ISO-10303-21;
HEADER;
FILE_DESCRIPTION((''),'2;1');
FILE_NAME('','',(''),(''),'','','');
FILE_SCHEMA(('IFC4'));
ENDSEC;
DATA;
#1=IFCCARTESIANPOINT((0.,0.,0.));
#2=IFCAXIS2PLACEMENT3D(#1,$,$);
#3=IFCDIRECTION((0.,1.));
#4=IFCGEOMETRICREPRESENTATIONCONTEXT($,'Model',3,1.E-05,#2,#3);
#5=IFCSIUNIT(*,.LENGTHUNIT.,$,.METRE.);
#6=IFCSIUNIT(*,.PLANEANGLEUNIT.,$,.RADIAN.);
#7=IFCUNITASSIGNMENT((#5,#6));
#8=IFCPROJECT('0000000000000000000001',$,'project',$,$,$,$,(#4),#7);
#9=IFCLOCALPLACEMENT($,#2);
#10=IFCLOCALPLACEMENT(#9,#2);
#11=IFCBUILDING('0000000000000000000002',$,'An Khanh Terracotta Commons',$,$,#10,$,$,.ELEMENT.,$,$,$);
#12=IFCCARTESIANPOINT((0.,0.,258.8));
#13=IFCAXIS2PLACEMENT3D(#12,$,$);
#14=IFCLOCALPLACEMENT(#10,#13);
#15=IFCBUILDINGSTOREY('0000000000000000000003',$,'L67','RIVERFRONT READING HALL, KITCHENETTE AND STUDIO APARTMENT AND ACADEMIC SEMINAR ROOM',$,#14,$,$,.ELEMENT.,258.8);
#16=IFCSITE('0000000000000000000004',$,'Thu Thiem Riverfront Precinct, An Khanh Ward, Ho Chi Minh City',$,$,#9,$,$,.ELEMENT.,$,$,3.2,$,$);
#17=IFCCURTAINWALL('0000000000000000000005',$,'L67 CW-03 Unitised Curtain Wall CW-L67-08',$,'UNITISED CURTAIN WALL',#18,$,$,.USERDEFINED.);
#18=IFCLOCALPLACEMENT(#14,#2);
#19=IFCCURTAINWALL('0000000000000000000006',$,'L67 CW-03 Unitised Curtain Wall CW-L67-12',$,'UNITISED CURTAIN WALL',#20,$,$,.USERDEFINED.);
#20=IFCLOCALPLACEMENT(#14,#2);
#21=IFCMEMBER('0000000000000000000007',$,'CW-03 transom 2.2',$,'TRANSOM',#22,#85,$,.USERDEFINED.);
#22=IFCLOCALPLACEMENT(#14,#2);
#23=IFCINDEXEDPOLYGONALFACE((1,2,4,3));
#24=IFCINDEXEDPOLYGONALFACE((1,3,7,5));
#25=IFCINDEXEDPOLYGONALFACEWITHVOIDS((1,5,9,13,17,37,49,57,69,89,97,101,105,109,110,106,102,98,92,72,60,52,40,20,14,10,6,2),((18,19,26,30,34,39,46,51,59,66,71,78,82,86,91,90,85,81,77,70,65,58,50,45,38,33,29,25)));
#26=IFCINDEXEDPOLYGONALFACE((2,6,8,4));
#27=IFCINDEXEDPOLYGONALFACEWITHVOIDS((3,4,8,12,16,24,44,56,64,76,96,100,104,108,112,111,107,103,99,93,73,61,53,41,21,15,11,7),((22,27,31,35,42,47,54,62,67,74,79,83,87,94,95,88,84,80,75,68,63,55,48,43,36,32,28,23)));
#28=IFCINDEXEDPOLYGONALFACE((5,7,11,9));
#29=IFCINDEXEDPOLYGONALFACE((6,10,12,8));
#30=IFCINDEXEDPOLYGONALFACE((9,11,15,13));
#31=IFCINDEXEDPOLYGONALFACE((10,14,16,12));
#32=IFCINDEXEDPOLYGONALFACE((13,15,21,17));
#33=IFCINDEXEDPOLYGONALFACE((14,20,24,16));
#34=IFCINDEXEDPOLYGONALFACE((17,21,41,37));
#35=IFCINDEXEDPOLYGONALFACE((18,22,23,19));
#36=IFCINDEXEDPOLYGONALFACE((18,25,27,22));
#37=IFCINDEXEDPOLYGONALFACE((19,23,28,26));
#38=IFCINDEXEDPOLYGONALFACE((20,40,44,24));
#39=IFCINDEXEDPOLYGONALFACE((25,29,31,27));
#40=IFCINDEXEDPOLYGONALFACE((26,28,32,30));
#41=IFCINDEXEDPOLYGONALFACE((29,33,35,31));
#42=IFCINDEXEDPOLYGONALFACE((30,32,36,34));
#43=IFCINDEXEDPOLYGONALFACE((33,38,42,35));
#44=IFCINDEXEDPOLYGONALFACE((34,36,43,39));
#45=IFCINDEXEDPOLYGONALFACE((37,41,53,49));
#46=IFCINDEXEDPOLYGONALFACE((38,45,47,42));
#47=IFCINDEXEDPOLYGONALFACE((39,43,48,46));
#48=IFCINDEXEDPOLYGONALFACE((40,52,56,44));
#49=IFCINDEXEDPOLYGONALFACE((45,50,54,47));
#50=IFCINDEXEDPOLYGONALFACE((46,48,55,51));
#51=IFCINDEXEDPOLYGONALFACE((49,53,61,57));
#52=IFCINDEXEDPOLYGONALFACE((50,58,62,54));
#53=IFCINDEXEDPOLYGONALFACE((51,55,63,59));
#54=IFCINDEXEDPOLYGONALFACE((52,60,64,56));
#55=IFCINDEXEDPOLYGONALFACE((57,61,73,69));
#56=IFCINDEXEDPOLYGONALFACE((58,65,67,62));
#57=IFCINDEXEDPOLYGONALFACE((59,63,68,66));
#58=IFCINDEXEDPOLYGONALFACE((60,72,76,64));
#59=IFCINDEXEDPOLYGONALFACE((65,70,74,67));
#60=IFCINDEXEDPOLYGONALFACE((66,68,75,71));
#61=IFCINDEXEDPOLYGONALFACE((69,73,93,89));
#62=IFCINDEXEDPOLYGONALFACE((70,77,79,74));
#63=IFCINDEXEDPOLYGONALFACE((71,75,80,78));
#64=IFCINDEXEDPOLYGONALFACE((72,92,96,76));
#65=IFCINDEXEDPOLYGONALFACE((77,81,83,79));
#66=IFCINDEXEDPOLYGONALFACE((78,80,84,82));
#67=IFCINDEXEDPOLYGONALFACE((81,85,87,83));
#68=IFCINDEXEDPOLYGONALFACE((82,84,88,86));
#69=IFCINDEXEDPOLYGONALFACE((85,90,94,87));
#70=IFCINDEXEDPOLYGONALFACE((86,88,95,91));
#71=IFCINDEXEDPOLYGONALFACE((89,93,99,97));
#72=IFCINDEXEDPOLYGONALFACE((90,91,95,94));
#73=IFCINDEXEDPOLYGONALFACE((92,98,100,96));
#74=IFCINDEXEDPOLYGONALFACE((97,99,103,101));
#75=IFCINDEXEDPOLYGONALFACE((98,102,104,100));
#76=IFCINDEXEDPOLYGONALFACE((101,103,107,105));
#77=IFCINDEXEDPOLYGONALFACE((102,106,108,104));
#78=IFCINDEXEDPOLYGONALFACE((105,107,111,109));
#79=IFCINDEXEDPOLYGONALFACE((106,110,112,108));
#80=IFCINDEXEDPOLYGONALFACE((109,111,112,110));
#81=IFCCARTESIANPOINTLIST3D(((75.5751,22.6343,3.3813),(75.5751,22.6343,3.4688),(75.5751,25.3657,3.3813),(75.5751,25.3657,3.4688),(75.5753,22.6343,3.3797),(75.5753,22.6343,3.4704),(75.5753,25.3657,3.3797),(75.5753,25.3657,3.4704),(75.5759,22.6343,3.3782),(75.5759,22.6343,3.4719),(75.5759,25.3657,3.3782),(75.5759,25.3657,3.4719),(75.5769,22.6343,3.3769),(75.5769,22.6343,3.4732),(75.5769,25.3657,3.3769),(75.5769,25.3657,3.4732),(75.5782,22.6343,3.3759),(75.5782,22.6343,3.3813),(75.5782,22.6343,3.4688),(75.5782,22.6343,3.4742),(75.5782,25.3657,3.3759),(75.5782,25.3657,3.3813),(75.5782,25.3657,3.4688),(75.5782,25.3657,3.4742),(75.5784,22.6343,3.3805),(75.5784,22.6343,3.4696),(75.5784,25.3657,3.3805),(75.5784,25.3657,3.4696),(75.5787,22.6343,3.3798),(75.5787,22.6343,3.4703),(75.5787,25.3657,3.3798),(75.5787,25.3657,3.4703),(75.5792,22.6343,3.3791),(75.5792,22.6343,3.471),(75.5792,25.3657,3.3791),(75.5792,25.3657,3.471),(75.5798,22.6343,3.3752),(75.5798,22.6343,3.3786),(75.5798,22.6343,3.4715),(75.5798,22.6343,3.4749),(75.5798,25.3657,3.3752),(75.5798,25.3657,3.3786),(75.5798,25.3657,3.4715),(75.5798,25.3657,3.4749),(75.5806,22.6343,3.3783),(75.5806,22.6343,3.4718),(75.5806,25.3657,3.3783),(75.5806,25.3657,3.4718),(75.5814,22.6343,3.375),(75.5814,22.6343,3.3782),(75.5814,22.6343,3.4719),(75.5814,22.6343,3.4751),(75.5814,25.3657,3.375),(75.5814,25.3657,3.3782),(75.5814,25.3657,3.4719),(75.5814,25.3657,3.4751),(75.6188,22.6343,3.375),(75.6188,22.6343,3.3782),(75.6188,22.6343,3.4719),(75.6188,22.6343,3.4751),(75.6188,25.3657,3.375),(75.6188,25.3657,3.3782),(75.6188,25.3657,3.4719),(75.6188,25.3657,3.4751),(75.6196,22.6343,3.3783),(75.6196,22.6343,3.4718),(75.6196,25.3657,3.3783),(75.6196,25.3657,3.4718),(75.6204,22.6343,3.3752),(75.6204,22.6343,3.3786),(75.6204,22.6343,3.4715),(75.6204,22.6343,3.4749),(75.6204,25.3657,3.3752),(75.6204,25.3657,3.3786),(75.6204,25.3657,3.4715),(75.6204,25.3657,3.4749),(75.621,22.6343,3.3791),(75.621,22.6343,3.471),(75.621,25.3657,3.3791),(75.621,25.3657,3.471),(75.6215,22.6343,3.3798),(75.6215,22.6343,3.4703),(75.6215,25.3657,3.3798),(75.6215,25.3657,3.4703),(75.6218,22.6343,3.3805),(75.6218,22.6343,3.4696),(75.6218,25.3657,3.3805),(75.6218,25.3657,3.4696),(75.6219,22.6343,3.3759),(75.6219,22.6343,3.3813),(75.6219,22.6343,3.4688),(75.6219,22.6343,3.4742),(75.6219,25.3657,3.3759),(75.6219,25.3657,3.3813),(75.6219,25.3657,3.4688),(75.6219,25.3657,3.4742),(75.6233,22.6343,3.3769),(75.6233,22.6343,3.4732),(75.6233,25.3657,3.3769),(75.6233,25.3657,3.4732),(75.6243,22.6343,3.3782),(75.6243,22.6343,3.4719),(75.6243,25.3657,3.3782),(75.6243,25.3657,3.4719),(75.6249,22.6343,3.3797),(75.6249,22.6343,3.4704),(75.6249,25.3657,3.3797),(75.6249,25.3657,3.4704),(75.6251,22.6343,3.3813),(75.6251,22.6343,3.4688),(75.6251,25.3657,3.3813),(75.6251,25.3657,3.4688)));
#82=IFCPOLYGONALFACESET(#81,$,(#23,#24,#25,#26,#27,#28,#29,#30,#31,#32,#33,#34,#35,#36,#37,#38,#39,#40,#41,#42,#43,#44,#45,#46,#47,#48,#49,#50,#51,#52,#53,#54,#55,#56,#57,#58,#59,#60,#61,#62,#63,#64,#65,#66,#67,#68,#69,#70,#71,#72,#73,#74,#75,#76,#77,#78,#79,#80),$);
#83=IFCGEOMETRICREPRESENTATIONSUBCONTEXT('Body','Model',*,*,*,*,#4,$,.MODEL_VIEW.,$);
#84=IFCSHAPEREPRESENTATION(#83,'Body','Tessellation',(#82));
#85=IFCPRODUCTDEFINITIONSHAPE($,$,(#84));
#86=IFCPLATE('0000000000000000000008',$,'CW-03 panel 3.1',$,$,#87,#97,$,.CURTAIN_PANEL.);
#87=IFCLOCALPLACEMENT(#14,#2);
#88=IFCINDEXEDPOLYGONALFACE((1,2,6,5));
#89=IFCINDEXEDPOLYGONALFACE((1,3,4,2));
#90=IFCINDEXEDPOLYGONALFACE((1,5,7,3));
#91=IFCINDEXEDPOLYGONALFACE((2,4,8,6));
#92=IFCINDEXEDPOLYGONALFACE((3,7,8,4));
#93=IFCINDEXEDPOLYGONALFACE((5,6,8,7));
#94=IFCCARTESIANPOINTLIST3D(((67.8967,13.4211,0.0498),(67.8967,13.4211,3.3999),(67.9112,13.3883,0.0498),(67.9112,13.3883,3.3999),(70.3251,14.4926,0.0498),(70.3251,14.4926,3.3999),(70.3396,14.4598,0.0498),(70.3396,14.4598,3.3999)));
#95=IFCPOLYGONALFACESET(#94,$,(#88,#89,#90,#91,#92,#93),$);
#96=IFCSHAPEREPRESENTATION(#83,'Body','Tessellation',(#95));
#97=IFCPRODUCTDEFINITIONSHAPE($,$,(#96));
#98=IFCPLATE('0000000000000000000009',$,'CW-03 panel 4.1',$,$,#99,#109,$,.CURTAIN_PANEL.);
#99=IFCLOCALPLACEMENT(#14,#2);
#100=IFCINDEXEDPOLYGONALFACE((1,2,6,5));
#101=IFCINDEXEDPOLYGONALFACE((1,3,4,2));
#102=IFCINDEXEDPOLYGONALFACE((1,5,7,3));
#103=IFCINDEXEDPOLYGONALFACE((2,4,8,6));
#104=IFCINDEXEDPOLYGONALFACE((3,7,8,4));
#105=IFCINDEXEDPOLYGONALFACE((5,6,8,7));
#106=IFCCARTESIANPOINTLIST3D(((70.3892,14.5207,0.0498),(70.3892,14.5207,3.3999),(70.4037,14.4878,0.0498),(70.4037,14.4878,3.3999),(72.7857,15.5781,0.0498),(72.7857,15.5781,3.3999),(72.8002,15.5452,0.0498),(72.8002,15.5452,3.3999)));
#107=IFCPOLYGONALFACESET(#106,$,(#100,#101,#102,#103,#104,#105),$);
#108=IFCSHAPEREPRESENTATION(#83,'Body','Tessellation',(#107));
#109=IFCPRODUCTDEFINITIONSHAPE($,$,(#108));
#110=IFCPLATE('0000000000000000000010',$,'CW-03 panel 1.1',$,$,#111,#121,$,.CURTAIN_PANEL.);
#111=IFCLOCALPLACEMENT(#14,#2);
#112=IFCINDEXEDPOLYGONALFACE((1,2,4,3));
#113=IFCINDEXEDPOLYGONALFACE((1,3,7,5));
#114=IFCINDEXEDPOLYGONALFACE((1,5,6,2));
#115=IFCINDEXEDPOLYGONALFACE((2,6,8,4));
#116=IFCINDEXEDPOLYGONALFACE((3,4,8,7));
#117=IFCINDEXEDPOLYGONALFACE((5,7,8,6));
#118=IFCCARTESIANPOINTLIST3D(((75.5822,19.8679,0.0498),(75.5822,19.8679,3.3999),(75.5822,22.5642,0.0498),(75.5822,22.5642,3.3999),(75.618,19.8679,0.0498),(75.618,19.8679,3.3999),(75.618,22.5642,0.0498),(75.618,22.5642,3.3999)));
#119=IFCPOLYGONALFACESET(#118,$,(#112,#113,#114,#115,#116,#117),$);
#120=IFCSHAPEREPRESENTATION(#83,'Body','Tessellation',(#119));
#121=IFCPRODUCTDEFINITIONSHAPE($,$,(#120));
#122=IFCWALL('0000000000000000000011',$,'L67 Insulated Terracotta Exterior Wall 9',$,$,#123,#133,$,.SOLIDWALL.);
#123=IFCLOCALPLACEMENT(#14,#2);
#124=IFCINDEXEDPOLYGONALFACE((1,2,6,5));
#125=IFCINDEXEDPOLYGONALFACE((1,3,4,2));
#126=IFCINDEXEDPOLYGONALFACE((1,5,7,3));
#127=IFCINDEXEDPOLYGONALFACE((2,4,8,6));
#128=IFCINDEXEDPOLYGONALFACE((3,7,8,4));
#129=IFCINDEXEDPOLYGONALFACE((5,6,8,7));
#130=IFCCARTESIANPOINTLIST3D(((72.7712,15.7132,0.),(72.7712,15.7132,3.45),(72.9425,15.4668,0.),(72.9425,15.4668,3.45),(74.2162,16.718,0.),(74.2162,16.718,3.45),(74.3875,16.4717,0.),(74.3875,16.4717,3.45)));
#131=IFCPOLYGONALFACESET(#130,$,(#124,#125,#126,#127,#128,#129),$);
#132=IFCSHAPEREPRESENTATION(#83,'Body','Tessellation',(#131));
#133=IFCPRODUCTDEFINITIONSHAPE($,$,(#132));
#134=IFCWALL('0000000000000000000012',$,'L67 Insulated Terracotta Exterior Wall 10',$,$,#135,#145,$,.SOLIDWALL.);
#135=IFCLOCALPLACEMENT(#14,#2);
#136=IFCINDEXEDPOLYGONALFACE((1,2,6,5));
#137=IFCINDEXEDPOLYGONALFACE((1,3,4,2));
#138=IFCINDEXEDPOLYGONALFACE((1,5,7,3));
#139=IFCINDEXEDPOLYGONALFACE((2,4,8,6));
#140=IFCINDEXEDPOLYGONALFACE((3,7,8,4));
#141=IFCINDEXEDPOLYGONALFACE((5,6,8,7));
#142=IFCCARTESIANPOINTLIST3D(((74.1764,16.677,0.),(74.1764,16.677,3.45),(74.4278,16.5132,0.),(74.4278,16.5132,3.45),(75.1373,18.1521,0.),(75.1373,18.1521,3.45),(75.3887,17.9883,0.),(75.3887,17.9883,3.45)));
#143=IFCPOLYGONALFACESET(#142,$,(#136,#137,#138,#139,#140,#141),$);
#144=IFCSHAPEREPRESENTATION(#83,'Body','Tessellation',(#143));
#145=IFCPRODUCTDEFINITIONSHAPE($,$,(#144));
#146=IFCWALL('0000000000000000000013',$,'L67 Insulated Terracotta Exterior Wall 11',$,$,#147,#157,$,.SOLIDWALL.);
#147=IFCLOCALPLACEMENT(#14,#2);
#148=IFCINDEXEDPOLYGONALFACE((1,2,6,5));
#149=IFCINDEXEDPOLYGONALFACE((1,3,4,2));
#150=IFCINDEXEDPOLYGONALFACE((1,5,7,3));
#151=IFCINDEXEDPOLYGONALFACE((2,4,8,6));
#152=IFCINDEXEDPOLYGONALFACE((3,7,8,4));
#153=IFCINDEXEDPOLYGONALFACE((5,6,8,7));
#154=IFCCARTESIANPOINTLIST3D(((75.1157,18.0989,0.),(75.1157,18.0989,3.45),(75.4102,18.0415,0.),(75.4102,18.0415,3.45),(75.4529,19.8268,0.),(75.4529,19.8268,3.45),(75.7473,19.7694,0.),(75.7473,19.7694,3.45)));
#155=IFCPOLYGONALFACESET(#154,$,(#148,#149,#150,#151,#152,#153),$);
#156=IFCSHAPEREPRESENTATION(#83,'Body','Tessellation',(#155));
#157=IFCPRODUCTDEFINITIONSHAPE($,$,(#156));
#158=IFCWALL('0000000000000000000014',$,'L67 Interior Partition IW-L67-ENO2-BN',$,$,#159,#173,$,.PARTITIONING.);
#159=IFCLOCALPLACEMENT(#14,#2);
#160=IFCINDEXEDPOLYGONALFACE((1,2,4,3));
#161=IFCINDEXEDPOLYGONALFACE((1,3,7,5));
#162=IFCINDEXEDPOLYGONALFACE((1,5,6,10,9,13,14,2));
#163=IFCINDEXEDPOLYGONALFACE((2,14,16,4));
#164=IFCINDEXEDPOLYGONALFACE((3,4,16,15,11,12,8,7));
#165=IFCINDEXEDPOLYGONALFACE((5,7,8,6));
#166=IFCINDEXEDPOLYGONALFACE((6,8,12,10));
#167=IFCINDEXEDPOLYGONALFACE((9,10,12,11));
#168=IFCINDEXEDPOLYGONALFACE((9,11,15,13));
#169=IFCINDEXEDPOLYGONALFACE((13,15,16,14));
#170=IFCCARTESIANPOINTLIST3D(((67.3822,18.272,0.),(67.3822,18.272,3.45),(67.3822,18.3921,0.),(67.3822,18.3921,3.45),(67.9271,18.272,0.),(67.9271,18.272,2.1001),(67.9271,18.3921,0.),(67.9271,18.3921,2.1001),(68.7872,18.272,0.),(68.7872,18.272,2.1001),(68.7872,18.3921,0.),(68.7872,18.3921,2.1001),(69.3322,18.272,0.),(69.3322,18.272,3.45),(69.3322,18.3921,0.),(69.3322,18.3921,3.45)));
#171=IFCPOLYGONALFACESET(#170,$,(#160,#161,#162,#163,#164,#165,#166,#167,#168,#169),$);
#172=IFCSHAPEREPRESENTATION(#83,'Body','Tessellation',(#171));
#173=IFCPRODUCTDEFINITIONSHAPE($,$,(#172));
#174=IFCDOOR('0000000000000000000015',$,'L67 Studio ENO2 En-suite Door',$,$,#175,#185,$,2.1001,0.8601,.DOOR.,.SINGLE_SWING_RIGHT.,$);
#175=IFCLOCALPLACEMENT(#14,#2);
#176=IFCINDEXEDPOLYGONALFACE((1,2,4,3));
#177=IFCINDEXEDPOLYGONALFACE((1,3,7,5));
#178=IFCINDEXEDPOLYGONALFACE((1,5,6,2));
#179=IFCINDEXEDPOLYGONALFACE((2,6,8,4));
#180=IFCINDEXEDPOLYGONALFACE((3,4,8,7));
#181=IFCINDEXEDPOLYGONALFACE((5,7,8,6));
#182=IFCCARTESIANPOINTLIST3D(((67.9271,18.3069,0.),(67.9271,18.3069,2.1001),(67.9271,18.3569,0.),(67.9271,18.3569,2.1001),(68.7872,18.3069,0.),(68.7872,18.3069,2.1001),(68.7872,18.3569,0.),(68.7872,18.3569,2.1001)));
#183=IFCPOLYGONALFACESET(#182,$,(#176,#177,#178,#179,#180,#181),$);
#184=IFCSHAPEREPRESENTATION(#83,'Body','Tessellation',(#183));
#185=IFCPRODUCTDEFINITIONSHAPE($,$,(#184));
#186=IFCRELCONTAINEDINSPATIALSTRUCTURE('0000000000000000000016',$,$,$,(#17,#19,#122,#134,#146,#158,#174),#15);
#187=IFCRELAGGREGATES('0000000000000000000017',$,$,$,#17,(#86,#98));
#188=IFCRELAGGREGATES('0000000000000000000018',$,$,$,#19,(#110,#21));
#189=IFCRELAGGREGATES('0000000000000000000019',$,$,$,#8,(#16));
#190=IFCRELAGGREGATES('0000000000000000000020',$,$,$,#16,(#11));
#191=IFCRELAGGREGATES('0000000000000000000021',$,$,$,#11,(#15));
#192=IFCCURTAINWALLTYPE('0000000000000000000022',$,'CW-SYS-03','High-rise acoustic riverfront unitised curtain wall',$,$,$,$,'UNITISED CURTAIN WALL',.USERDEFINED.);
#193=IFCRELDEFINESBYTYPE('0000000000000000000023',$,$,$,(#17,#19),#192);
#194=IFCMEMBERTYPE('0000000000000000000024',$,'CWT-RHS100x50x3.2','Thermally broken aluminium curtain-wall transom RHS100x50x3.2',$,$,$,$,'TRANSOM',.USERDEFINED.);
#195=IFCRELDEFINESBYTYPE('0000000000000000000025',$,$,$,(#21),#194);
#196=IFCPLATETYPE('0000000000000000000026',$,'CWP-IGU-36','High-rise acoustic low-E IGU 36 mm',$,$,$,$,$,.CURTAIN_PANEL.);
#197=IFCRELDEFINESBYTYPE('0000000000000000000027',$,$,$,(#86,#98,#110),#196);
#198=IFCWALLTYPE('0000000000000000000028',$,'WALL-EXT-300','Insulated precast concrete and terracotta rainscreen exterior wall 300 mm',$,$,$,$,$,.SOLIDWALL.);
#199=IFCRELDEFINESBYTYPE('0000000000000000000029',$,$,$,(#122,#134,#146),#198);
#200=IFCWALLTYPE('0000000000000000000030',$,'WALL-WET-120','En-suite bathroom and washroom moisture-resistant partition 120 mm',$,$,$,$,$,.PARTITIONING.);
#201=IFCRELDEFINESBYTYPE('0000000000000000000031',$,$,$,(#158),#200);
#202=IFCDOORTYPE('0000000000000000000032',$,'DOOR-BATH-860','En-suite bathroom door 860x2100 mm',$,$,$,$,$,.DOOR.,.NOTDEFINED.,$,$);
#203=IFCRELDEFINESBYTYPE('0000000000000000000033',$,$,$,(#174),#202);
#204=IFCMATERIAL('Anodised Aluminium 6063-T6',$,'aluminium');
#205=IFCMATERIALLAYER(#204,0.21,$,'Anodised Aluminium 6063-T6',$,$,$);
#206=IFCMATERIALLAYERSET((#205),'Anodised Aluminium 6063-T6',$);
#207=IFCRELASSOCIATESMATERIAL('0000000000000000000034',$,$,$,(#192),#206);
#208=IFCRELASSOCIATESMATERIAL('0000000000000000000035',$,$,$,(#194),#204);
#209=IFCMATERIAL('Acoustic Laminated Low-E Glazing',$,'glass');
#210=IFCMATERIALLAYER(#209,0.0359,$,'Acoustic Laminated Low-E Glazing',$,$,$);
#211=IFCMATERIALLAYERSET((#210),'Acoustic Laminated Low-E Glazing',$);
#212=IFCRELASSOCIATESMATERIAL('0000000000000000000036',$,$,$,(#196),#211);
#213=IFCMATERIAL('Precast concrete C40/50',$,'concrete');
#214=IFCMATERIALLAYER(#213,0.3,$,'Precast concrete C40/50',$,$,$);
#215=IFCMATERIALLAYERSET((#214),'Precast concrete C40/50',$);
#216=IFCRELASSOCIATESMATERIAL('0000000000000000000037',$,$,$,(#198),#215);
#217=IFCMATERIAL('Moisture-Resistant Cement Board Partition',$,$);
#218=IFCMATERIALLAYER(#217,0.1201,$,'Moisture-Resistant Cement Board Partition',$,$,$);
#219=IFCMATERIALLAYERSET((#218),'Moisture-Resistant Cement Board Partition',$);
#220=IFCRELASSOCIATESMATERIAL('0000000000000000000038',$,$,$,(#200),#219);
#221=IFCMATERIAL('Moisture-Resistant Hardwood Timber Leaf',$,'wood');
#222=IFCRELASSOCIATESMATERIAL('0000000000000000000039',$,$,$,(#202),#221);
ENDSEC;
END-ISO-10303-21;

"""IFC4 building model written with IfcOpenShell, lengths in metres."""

from ifc_helpers import new_model, si_unit, direction, frame, frame_2d, origin, origin_2d, place, context, subcontext, project, spatial, rectangle, hollow_rectangle, extrude, material, layer, layer_set, material_profile, profile_set, type_object, element, fill, aggregate, save


model = new_model("IFC4")

# Units and contexts
model_context = context("Model", 3, precision=1e-05, world=origin(), true_north=direction((0.0, 1.0)))
body_context = subcontext(model_context, "Body", "Model", "MODEL_VIEW")
ifc_project = project(units=[si_unit("LENGTHUNIT", "METRE"), si_unit("PLANEANGLEUNIT", "RADIAN")], contexts=[model_context])

# Site, building, storey
site_placement = place(None, origin())
site = spatial("IfcSite", under=ifc_project, at=site_placement, Name="Thu Thiem Riverfront Precinct, An Khanh Ward, Ho Chi Minh City", CompositionType="ELEMENT", RefElevation=3.2)
building_placement = place(site_placement, origin())
building = spatial("IfcBuilding", under=site, at=building_placement, Name="An Khanh Terracotta Commons", CompositionType="ELEMENT")
storey_placement = place(building_placement, frame((0.0, 0.0, 258.8)))
storey = spatial("IfcBuildingStorey", under=building, at=storey_placement, Name="L67", Description="RIVERFRONT READING HALL, KITCHENETTE AND STUDIO APARTMENT AND ACADEMIC SEMINAR ROOM", CompositionType="ELEMENT", Elevation=258.8)

# Curtain walls
ifc_material_1 = material(Name="Anodised Aluminium 6063-T6", Category="aluminium")
ifc_layer_1 = layer(ifc_material_1, 0.21, Name="Anodised Aluminium 6063-T6")
ifc_layer_set_1 = layer_set([ifc_layer_1], Name="Anodised Aluminium 6063-T6")
curtain_wall_type = type_object("IfcCurtainWallType", Name="CW-SYS-03", Description="High-rise acoustic riverfront unitised curtain wall", ElementType="UNITISED CURTAIN WALL", PredefinedType="USERDEFINED", material=ifc_layer_set_1)
curtain_wall_1_placement = place(storey_placement, origin())
curtain_wall_1 = element("IfcCurtainWall", 1, at=curtain_wall_1_placement, inside=storey, type_object=curtain_wall_type, Name="L67 CW-03 Unitised Curtain Wall CW-L67-08", ObjectType="UNITISED CURTAIN WALL", PredefinedType="USERDEFINED")
curtain_wall_2_placement = place(storey_placement, origin())
curtain_wall_2 = element("IfcCurtainWall", 2, at=curtain_wall_2_placement, inside=storey, type_object=curtain_wall_type, Name="L67 CW-03 Unitised Curtain Wall CW-L67-12", ObjectType="UNITISED CURTAIN WALL", PredefinedType="USERDEFINED")

# Member
ifc_material_profile_1 = material_profile(ifc_material_1, hollow_rectangle(XDim=0.05, YDim=0.1001, WallThickness=0.0032, InnerFilletRadius=0.0032, OuterFilletRadius=0.0063, at=origin_2d()), Name="RHS100x50x3.2")
ifc_profile_set_1 = profile_set([ifc_material_profile_1], Name="Anodised Aluminium 6063-T6")
member_type_1 = type_object("IfcMemberType", Name="CWT-RHS100x50x3.2", Description="Thermally broken aluminium curtain-wall transom RHS100x50x3.2", ElementType="TRANSOM", PredefinedType="USERDEFINED", material=ifc_profile_set_1)
member_1_placement = place(storey_placement, frame((75.6001, 22.6343, 3.425), z_axis=(0.0, 1.0, 0.0), x_axis=(-1.0, 0.0, 0.0)))
member_1 = element("IfcMember", 3, at=member_1_placement, type_object=member_type_1, Name="CW-03 transom 2.2", ObjectType="TRANSOM", PredefinedType="USERDEFINED", context=body_context, shape_type="SweptSolid", body=[
    extrude(hollow_rectangle(XDim=0.05, YDim=0.1001, WallThickness=0.0032, InnerFilletRadius=0.0032, OuterFilletRadius=0.0063, at=origin_2d()), origin(), (0.0, 0.0, 1.0), 2.7314),
])

# Plates
ifc_material_2 = material(Name="Acoustic Laminated Low-E Glazing", Category="glass")
ifc_layer_2 = layer(ifc_material_2, 0.0359, Name="Acoustic Laminated Low-E Glazing")
ifc_layer_set_2 = layer_set([ifc_layer_2], Name="Acoustic Laminated Low-E Glazing")
plate_type = type_object("IfcPlateType", Name="CWP-IGU-36", Description="High-rise acoustic low-E IGU 36 mm", PredefinedType="CURTAIN_PANEL", material=ifc_layer_set_2)
plate_1_placement = place(storey_placement, frame((69.1182, 13.9404, 0.0498), z_axis=(0.0, 0.0, 1.0), x_axis=(0.914902, 0.403676, 0.0)))
plate_1 = element("IfcPlate", 4, at=plate_1_placement, type_object=plate_type, Name="CW-03 panel 3.1", PredefinedType="CURTAIN_PANEL", context=body_context, shape_type="SweptSolid", body=[
    extrude(rectangle(XDim=2.6543, YDim=0.0359, at=origin_2d()), origin(), (0.0, 0.0, 1.0), 3.3501),
])
plate_2_placement = place(storey_placement, frame((71.5947, 15.033, 0.0498), z_axis=(0.0, 0.0, 1.0), x_axis=(0.914902, 0.403676, 0.0)))
plate_2 = element("IfcPlate", 5, at=plate_2_placement, type_object=plate_type, Name="CW-03 panel 4.1", PredefinedType="CURTAIN_PANEL", context=body_context, shape_type="SweptSolid", body=[
    extrude(rectangle(XDim=2.6194, YDim=0.0359, at=origin_2d()), origin(), (0.0, 0.0, 1.0), 3.3501),
])
aggregate(curtain_wall_1, [plate_1, plate_2])
plate_3_placement = place(storey_placement, frame((75.6001, 21.2161, 0.0498), z_axis=(0.0, 0.0, 1.0), x_axis=(0.0, 1.0, 0.0)))
plate_3 = element("IfcPlate", 6, at=plate_3_placement, type_object=plate_type, Name="CW-03 panel 1.1", PredefinedType="CURTAIN_PANEL", context=body_context, shape_type="SweptSolid", body=[
    extrude(rectangle(XDim=2.6963, YDim=0.0359, at=origin_2d()), origin(), (0.0, 0.0, 1.0), 3.3501),
])
aggregate(curtain_wall_2, [plate_3, member_1])

# Walls
ifc_material_3 = material(Name="Precast concrete C40/50", Category="concrete")
ifc_layer_3 = layer(ifc_material_3, 0.3, Name="Precast concrete C40/50")
ifc_layer_set_3 = layer_set([ifc_layer_3], Name="Precast concrete C40/50")
wall_type_1 = type_object("IfcWallType", Name="WALL-EXT-300", Description="Insulated precast concrete and terracotta rainscreen exterior wall 300 mm", PredefinedType="SOLIDWALL", material=ifc_layer_set_3)
wall_1_placement = place(storey_placement, frame((72.8569, 15.5901, 0.0), z_axis=(0.0, 0.0, 1.0), x_axis=(0.821007, 0.570918, 0.0)))
element("IfcWall", 7, at=wall_1_placement, inside=storey, type_object=wall_type_1, Name="L67 Insulated Terracotta Exterior Wall 9", PredefinedType="SOLIDWALL", context=body_context, shape_type="SweptSolid", body=[
    extrude(rectangle(XDim=1.76, YDim=0.3, at=frame_2d((0.8799, 0.0))), origin(), (0.0, 0.0, 1.0), 3.45),
])
for number, where, z_axis, x_axis, name in (
    (8, (74.302, 16.595, 0.0), (0.0, 0.0, 1.0), (0.545836, 0.837892, 0.0), "L67 Insulated Terracotta Exterior Wall 10"),
    (9, (75.2629, 18.0701, 0.0), (0.0, 0.0, 1.0), (0.191501, 0.981492, 0.0), "L67 Insulated Terracotta Exterior Wall 11"),
):
    element("IfcWall", number, at=place(storey_placement, frame(where, z_axis=z_axis, x_axis=x_axis)), inside=storey, type_object=wall_type_1, Name=name, PredefinedType="SOLIDWALL", context=body_context, shape_type="SweptSolid", body=[
        extrude(rectangle(XDim=1.7605, YDim=0.3, at=frame_2d((0.8804, 0.0))), origin(), (0.0, 0.0, 1.0), 3.45),
    ])

# Wall, opening, door
ifc_material_4 = material(Name="Moisture-Resistant Cement Board Partition")
ifc_layer_4 = layer(ifc_material_4, 0.1201, Name="Moisture-Resistant Cement Board Partition")
ifc_layer_set_4 = layer_set([ifc_layer_4], Name="Moisture-Resistant Cement Board Partition")
wall_type_2 = type_object("IfcWallType", Name="WALL-WET-120", Description="En-suite bathroom and washroom moisture-resistant partition 120 mm", PredefinedType="PARTITIONING", material=ifc_layer_set_4)
wall_2_placement = place(storey_placement, frame((67.3821, 18.332, 0.0), z_axis=(0.0, 0.0, 1.0), x_axis=(1.0, 0.0, 0.0)))
wall_2 = element("IfcWall", 10, at=wall_2_placement, inside=storey, type_object=wall_type_2, Name="L67 Interior Partition IW-L67-ENO2-BN", PredefinedType="PARTITIONING", context=body_context, shape_type="SweptSolid", body=[
    extrude(rectangle(XDim=1.95, YDim=0.1201, at=frame_2d((0.9751, 0.0))), origin(), (0.0, 0.0, 1.0), 3.45),
])
opening_placement = place(wall_2_placement, frame((0.5449, 0.0, 0.0)))
opening = element("IfcOpeningElement", 11, at=opening_placement, cuts=wall_2, PredefinedType="OPENING", context=body_context, shape_type="SweptSolid", body=[
    extrude(rectangle(XDim=0.8601, YDim=2.1001, at=frame_2d((0.4302, 1.05))), frame((0.0, 0.0701, 0.0), z_axis=(0.0, -1.0, 0.0), x_axis=(1.0, 0.0, 0.0)), (0.0, 0.0, 1.0), 0.1401),
])
ifc_material_5 = material(Name="Moisture-Resistant Hardwood Timber Leaf", Category="wood")
door_type = type_object("IfcDoorType", Name="DOOR-BATH-860", Description="En-suite bathroom door 860x2100 mm", OperationType="NOTDEFINED", PredefinedType="DOOR", material=ifc_material_5)
door_placement = place(opening_placement, origin())
door = element("IfcDoor", 12, at=door_placement, inside=storey, type_object=door_type, Name="L67 Studio ENO2 En-suite Door", OperationType="SINGLE_SWING_RIGHT", OverallHeight=2.1001, OverallWidth=0.8601, PredefinedType="DOOR", context=body_context, shape_type="SweptSolid", body=[
    extrude(rectangle(XDim=0.8601, YDim=2.1001, at=frame_2d((0.4302, 1.05))), frame((0.0, 0.0249, 0.0), z_axis=(0.0, -1.0, 0.0), x_axis=(1.0, 0.0, 0.0)), (0.0, 0.0, 1.0), 0.05),
])
fill(opening, door)

save(model, "model.ifc")
